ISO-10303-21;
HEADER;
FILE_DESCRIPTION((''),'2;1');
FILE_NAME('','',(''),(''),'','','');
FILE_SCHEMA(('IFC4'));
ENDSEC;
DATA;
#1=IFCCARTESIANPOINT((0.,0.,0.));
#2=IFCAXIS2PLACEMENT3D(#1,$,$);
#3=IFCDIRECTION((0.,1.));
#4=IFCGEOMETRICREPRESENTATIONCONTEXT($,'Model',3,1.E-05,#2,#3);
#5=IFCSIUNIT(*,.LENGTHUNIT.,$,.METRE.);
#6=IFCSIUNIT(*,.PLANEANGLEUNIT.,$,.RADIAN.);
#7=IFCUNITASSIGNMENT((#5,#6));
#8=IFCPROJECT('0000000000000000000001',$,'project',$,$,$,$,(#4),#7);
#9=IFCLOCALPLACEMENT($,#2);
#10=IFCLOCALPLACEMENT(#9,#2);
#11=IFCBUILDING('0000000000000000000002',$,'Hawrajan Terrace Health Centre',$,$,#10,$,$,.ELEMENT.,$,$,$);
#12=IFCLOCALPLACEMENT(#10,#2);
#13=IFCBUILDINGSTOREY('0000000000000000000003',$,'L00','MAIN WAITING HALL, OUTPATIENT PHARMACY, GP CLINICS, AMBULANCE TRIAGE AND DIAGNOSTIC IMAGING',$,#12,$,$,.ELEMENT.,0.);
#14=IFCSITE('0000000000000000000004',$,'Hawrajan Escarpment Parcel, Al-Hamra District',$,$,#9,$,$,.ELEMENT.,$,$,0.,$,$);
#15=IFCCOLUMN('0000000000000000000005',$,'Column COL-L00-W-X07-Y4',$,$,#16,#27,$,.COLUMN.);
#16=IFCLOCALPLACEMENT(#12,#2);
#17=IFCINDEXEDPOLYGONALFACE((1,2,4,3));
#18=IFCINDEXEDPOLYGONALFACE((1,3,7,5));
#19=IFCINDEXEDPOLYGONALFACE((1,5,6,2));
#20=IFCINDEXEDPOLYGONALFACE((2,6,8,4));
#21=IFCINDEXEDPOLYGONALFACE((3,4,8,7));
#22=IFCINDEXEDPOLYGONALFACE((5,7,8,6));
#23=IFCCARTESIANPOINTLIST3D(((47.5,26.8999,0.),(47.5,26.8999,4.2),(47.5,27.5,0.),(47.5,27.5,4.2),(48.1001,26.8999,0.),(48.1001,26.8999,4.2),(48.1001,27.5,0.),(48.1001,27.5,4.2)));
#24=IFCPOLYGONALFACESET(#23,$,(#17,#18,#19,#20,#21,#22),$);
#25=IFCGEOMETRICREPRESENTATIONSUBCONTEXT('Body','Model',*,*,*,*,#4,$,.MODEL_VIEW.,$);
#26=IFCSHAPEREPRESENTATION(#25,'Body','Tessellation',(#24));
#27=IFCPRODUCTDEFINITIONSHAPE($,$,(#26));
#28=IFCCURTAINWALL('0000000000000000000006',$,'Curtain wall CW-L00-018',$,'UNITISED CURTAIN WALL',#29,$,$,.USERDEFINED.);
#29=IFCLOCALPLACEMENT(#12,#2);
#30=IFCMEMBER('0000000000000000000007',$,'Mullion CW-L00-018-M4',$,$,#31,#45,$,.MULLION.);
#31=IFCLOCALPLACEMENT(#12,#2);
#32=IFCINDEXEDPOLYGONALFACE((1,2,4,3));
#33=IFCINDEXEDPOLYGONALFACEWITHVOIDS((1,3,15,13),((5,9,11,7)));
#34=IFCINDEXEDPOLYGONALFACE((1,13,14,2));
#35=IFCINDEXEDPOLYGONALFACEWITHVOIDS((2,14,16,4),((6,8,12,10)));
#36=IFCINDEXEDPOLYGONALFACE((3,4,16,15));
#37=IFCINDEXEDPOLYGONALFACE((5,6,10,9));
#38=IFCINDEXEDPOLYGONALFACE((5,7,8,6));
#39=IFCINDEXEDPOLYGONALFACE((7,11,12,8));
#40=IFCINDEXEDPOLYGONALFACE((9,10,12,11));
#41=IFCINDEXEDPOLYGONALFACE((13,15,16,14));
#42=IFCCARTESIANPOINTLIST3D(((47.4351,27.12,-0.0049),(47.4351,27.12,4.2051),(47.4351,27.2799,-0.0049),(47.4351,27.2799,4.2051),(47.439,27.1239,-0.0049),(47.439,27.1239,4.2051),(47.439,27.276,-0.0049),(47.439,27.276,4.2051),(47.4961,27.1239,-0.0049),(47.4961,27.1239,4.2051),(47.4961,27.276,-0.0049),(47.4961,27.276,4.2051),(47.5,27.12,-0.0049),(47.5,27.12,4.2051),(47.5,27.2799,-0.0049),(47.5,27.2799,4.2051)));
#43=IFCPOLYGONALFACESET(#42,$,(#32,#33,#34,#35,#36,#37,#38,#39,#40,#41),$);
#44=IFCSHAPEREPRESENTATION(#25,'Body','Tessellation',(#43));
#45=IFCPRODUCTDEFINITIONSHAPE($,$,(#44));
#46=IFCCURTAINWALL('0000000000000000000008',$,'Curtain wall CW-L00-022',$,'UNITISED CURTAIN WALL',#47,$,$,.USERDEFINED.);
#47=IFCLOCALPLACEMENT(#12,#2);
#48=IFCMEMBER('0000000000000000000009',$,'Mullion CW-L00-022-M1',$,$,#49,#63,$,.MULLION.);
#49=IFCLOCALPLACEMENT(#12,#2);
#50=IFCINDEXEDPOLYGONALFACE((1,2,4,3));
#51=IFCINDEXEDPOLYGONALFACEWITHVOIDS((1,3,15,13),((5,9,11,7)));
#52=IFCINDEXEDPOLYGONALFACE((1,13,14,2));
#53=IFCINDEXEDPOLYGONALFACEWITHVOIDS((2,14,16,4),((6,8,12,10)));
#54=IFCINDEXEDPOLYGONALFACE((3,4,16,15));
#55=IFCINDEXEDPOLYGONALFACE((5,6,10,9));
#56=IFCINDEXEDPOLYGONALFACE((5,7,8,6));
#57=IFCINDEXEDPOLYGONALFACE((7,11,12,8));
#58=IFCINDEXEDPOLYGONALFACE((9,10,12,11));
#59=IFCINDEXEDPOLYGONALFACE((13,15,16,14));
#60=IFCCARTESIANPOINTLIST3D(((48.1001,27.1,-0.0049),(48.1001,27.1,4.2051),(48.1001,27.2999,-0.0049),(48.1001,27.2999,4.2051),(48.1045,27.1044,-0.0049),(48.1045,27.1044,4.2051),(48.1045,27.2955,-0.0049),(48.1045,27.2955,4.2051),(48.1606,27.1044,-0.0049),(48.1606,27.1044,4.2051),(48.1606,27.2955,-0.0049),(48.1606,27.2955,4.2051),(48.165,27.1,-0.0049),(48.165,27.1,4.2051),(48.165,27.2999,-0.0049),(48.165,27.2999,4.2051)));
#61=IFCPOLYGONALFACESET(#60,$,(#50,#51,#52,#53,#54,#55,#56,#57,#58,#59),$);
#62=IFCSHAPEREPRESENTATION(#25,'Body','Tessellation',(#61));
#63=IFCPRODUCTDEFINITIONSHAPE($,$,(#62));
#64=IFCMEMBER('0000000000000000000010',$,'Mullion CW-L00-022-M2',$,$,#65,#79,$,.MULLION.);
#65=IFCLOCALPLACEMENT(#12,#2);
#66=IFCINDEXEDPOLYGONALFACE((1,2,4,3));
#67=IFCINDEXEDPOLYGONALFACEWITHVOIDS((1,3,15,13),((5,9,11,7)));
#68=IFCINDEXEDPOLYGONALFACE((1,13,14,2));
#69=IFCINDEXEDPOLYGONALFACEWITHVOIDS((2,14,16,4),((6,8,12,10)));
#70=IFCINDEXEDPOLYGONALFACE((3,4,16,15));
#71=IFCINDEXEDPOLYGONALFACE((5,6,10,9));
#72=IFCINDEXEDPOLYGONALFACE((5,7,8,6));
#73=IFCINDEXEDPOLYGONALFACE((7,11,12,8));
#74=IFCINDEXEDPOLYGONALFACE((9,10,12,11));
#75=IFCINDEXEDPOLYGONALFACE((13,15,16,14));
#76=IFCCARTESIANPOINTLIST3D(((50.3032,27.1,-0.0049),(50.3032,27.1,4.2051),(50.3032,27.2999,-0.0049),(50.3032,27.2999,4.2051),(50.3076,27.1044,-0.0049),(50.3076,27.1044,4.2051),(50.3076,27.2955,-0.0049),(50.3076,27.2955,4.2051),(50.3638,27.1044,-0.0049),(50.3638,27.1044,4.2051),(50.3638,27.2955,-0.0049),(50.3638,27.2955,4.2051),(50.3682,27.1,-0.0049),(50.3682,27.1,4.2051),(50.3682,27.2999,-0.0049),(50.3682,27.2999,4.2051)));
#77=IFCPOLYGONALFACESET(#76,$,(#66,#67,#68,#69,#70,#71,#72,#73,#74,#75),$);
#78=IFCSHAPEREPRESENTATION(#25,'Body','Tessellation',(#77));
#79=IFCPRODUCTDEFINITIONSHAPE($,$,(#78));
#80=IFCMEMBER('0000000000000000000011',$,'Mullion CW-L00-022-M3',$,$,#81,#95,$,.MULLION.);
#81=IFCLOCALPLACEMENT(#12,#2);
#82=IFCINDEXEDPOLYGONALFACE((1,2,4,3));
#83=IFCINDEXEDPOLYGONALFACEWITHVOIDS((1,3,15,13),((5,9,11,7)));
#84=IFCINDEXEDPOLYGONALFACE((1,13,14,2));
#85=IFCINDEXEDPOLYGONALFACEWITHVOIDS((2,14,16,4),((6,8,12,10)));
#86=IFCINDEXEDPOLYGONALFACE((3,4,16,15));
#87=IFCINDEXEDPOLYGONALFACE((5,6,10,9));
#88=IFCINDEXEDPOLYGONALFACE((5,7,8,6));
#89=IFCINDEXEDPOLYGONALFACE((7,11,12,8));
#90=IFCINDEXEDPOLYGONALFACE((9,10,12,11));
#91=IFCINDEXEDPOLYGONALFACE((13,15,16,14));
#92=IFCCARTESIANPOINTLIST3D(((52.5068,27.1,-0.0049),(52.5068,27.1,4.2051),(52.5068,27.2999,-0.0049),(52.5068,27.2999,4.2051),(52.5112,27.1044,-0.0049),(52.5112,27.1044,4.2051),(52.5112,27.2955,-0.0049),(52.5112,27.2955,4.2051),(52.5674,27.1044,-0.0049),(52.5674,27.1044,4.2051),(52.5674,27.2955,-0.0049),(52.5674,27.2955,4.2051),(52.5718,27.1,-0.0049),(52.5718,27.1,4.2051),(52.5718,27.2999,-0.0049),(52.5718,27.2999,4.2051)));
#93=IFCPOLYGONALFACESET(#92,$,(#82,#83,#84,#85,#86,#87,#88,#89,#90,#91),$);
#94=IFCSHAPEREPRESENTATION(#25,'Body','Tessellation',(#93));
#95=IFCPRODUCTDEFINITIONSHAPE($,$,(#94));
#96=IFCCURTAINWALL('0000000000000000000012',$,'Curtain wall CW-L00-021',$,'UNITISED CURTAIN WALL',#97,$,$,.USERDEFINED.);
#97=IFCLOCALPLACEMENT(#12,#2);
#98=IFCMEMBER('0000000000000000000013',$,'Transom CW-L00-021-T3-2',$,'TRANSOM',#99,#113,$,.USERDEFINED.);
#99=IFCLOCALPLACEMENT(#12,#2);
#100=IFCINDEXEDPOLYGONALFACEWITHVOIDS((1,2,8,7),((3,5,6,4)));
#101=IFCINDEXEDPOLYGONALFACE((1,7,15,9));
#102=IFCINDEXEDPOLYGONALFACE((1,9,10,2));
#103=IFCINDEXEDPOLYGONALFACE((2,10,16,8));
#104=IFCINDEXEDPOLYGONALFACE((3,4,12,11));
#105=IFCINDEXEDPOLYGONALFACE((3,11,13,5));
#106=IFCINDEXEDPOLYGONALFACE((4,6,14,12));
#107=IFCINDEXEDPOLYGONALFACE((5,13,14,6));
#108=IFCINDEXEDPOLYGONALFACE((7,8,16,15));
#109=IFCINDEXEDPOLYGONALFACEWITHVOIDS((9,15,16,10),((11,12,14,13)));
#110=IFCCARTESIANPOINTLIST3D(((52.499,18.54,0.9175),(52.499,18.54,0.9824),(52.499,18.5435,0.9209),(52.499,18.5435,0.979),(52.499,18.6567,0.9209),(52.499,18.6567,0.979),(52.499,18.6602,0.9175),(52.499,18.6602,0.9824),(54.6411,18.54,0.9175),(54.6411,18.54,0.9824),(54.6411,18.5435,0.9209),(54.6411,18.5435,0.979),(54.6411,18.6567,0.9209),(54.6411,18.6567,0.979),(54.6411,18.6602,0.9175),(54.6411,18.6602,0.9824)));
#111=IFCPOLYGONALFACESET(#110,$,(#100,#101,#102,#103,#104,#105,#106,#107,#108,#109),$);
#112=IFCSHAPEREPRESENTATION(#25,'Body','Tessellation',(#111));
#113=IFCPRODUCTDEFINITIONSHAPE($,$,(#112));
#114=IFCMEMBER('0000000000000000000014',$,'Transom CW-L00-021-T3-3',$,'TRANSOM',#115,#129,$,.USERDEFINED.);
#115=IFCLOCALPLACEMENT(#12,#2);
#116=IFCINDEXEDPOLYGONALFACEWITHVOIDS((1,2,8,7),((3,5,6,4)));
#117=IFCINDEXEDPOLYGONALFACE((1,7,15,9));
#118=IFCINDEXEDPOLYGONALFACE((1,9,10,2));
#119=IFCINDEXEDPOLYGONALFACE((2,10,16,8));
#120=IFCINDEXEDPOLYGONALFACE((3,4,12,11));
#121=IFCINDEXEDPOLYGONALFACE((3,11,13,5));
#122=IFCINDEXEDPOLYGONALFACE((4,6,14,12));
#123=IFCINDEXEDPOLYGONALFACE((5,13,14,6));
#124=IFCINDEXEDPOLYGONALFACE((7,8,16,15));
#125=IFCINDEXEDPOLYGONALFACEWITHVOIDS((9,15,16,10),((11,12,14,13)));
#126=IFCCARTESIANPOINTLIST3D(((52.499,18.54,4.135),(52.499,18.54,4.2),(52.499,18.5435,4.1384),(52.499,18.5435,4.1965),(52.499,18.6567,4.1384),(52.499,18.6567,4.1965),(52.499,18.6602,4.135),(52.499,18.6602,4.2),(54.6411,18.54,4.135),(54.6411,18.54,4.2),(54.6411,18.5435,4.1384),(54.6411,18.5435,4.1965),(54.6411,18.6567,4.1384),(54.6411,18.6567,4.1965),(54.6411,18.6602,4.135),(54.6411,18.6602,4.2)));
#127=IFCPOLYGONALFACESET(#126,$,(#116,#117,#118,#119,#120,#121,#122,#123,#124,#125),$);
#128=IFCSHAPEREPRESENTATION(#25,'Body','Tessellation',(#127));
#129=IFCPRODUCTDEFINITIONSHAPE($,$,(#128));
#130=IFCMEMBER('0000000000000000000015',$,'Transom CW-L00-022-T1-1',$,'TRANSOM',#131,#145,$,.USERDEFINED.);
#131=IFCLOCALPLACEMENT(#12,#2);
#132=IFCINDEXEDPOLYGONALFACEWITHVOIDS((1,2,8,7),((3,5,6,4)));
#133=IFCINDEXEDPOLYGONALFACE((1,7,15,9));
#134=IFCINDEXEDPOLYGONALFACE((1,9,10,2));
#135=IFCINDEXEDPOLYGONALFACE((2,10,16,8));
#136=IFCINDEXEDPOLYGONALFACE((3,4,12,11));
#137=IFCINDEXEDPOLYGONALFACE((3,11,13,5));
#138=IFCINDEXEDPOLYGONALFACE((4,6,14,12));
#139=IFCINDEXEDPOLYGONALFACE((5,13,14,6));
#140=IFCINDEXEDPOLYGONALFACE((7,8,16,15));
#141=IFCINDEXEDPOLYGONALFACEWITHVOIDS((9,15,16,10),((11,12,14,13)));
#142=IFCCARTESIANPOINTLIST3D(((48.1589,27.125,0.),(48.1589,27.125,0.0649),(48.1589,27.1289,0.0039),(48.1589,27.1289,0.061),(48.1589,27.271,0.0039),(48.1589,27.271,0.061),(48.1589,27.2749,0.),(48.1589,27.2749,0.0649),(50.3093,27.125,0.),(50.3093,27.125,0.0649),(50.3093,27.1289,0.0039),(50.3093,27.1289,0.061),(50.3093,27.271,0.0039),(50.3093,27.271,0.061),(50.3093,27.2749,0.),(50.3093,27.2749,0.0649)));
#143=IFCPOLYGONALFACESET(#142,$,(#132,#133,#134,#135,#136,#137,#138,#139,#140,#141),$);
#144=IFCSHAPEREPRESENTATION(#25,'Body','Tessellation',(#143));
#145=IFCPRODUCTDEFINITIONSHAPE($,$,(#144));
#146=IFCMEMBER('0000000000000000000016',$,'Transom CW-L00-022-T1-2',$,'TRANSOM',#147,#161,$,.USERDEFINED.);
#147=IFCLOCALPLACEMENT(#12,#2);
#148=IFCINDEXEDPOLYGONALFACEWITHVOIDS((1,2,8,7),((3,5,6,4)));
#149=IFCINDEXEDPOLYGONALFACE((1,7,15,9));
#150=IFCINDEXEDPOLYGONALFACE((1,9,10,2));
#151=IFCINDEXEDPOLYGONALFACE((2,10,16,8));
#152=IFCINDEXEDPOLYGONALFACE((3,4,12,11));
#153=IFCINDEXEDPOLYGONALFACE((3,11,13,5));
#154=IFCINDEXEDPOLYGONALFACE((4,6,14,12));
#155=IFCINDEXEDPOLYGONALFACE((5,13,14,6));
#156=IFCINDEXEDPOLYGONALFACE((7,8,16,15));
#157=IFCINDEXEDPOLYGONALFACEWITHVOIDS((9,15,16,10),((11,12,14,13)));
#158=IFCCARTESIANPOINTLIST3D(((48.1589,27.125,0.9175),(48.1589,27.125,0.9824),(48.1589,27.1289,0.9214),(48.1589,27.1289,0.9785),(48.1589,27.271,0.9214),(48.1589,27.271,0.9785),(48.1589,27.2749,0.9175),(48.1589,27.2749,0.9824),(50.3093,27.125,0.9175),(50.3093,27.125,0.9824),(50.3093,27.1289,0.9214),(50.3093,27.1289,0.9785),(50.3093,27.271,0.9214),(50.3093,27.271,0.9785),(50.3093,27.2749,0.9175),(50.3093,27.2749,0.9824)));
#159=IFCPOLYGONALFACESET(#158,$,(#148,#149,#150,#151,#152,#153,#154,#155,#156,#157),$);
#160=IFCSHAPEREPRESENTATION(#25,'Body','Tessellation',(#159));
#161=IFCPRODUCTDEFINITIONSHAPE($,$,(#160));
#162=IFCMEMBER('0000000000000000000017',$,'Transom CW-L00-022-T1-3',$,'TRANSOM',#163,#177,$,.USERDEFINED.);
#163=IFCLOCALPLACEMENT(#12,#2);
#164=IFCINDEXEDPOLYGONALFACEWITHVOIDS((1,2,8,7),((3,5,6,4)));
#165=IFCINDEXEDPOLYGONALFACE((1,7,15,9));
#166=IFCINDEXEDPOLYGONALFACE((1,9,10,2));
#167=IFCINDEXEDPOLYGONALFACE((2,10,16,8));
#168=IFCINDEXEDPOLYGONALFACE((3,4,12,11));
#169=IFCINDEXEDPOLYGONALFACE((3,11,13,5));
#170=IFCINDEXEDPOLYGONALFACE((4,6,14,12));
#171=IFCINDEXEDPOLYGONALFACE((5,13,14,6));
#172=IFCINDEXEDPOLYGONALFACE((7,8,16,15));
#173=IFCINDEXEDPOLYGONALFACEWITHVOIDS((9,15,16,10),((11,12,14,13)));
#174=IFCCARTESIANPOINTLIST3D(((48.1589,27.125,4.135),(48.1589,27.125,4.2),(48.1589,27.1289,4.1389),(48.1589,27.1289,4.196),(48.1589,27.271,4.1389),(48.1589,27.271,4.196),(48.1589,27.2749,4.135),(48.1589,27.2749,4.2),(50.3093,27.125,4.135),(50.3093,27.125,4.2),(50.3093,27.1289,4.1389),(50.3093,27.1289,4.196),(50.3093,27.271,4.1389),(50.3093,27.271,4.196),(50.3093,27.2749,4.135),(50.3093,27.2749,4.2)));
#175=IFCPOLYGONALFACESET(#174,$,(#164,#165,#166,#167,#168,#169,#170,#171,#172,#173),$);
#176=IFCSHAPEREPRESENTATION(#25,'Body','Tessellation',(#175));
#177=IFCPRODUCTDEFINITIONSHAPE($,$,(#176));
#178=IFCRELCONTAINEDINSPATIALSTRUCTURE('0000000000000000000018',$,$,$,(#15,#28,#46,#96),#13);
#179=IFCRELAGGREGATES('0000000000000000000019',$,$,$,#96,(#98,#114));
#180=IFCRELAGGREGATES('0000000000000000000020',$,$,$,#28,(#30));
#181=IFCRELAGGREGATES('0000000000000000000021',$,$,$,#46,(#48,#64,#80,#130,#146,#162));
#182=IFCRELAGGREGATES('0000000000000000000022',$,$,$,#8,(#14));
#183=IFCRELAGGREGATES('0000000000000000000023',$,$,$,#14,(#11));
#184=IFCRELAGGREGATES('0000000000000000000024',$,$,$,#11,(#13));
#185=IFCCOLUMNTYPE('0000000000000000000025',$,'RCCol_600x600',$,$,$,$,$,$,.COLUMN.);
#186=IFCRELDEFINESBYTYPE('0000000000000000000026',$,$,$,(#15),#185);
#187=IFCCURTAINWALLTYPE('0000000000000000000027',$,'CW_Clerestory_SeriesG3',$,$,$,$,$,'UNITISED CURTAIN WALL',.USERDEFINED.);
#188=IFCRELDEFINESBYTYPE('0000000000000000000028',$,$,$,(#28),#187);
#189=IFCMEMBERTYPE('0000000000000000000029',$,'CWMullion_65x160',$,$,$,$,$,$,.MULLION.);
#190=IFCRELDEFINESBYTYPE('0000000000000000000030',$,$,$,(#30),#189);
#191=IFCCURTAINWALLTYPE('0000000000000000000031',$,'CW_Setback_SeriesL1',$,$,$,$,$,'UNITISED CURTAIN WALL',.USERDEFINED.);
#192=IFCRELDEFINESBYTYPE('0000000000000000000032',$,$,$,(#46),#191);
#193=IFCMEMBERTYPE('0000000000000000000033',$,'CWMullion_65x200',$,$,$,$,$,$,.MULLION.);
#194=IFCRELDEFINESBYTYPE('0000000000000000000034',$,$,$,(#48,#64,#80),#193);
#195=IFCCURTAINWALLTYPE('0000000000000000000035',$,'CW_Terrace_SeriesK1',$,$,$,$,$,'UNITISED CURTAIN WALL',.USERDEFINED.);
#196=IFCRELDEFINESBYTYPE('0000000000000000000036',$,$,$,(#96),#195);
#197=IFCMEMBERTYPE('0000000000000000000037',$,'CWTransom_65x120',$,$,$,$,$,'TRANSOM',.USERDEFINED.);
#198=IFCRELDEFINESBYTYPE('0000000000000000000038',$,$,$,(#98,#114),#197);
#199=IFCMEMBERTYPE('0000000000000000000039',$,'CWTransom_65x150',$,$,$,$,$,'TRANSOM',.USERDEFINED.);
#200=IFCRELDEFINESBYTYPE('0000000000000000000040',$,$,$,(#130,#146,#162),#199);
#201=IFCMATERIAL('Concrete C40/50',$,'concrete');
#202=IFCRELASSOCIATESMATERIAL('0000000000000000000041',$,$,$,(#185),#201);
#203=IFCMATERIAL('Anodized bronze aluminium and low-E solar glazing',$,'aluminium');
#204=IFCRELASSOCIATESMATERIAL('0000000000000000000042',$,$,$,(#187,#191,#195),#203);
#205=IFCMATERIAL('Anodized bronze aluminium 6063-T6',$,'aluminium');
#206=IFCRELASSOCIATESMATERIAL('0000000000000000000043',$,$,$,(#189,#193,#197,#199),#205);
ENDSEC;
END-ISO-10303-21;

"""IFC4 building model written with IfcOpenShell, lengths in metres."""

from ifc_helpers import new_model, si_unit, direction, frame, origin, origin_2d, place, context, subcontext, project, spatial, rectangle, hollow_rectangle, extrude, material, material_profile, profile_set, type_object, element, aggregate, save


model = new_model("IFC4")

# Units and contexts
model_context = context("Model", 3, precision=1e-05, world=origin(), true_north=direction((0.0, 1.0)))
body_context = subcontext(model_context, "Body", "Model", "MODEL_VIEW")
ifc_project = project(units=[si_unit("LENGTHUNIT", "METRE"), si_unit("PLANEANGLEUNIT", "RADIAN")], contexts=[model_context])

# Site, building, storey
site_placement = place(None, origin())
site = spatial("IfcSite", under=ifc_project, at=site_placement, Name="Hawrajan Escarpment Parcel, Al-Hamra District", CompositionType="ELEMENT", RefElevation=0.0)
building_placement = place(site_placement, origin())
building = spatial("IfcBuilding", under=site, at=building_placement, Name="Hawrajan Terrace Health Centre", CompositionType="ELEMENT")
storey_placement = place(building_placement, origin())
storey = spatial("IfcBuildingStorey", under=building, at=storey_placement, Name="L00", Description="MAIN WAITING HALL, OUTPATIENT PHARMACY, GP CLINICS, AMBULANCE TRIAGE AND DIAGNOSTIC IMAGING", CompositionType="ELEMENT", Elevation=0.0)

# Column
ifc_material_1 = material(Name="Concrete C40/50", Category="concrete")
ifc_material_profile_1 = material_profile(ifc_material_1, rectangle(XDim=0.6001, YDim=0.6001, at=origin_2d()), Name="RC 600x600")
ifc_profile_set_1 = profile_set([ifc_material_profile_1], Name="Concrete C40/50")
column_type = type_object("IfcColumnType", Name="RCCol_600x600", PredefinedType="COLUMN", material=ifc_profile_set_1)
column_placement = place(storey_placement, frame((47.8, 27.2, 0.0), z_axis=(0.0, 0.0, 1.0), x_axis=(1.0, 0.0, 0.0)))
element("IfcColumn", 1, at=column_placement, inside=storey, type_object=column_type, Name="Column COL-L00-W-X07-Y4", PredefinedType="COLUMN", context=body_context, shape_type="SweptSolid", body=[
    extrude(rectangle(XDim=0.6001, YDim=0.6001, at=origin_2d()), origin(), (0.0, 0.0, 1.0), 4.2),
])

# Curtain wall, member
ifc_material_2 = material(Name="Anodized bronze aluminium and low-E solar glazing", Category="aluminium")
curtain_wall_type_1 = type_object("IfcCurtainWallType", Name="CW_Clerestory_SeriesG3", ElementType="UNITISED CURTAIN WALL", PredefinedType="USERDEFINED", material=ifc_material_2)
curtain_wall_1_placement = place(storey_placement, origin())
curtain_wall_1 = element("IfcCurtainWall", 2, at=curtain_wall_1_placement, inside=storey, type_object=curtain_wall_type_1, Name="Curtain wall CW-L00-018", ObjectType="UNITISED CURTAIN WALL", PredefinedType="USERDEFINED")
ifc_material_3 = material(Name="Anodized bronze aluminium 6063-T6", Category="aluminium")
ifc_material_profile_2 = material_profile(ifc_material_3, hollow_rectangle(XDim=0.0649, YDim=0.1599, WallThickness=0.0039, at=origin_2d()), Name="CW MUL 65x160")
ifc_profile_set_2 = profile_set([ifc_material_profile_2], Name="Anodized bronze aluminium 6063-T6")
member_type_1 = type_object("IfcMemberType", Name="CWMullion_65x160", PredefinedType="MULLION", material=ifc_profile_set_2)
member_1_placement = place(storey_placement, frame((47.4675, 27.2, -0.0049), z_axis=(0.0, 0.0, 1.0), x_axis=(1.0, 0.0, 0.0)))
member_1 = element("IfcMember", 3, at=member_1_placement, type_object=member_type_1, Name="Mullion CW-L00-018-M4", PredefinedType="MULLION", context=body_context, shape_type="SweptSolid", body=[
    extrude(hollow_rectangle(XDim=0.0649, YDim=0.1599, WallThickness=0.0039, at=origin_2d()), origin(), (0.0, 0.0, 1.0), 4.21),
])

# Curtain walls, members
curtain_wall_type_2 = type_object("IfcCurtainWallType", Name="CW_Setback_SeriesL1", ElementType="UNITISED CURTAIN WALL", PredefinedType="USERDEFINED", material=ifc_material_2)
curtain_wall_2_placement = place(storey_placement, origin())
curtain_wall_2 = element("IfcCurtainWall", 4, at=curtain_wall_2_placement, inside=storey, type_object=curtain_wall_type_2, Name="Curtain wall CW-L00-022", ObjectType="UNITISED CURTAIN WALL", PredefinedType="USERDEFINED")
ifc_material_profile_3 = material_profile(ifc_material_3, hollow_rectangle(XDim=0.0649, YDim=0.2, WallThickness=0.0044, at=origin_2d()), Name="CW MUL 65x200")
ifc_profile_set_3 = profile_set([ifc_material_profile_3], Name="Anodized bronze aluminium 6063-T6")
member_type_2 = type_object("IfcMemberType", Name="CWMullion_65x200", PredefinedType="MULLION", material=ifc_profile_set_3)
member_2_placement = place(storey_placement, frame((48.1326, 27.2, -0.0049), z_axis=(0.0, 0.0, 1.0), x_axis=(1.0, 0.0, 0.0)))
member_2 = element("IfcMember", 5, at=member_2_placement, type_object=member_type_2, Name="Mullion CW-L00-022-M1", PredefinedType="MULLION", context=body_context, shape_type="SweptSolid", body=[
    extrude(hollow_rectangle(XDim=0.0649, YDim=0.2, WallThickness=0.0044, at=origin_2d()), origin(), (0.0, 0.0, 1.0), 4.21),
])
member_3_placement = place(storey_placement, frame((50.3357, 27.2, -0.0049), z_axis=(0.0, 0.0, 1.0), x_axis=(1.0, 0.0, 0.0)))
member_3 = element("IfcMember", 6, at=member_3_placement, type_object=member_type_2, Name="Mullion CW-L00-022-M2", PredefinedType="MULLION", context=body_context, shape_type="SweptSolid", body=[
    extrude(hollow_rectangle(XDim=0.0649, YDim=0.2, WallThickness=0.0044, at=origin_2d()), origin(), (0.0, 0.0, 1.0), 4.21),
])
member_4_placement = place(storey_placement, frame((52.5393, 27.2, -0.0049), z_axis=(0.0, 0.0, 1.0), x_axis=(1.0, 0.0, 0.0)))
member_4 = element("IfcMember", 7, at=member_4_placement, type_object=member_type_2, Name="Mullion CW-L00-022-M3", PredefinedType="MULLION", context=body_context, shape_type="SweptSolid", body=[
    extrude(hollow_rectangle(XDim=0.0649, YDim=0.2, WallThickness=0.0044, at=origin_2d()), origin(), (0.0, 0.0, 1.0), 4.21),
])
curtain_wall_type_3 = type_object("IfcCurtainWallType", Name="CW_Terrace_SeriesK1", ElementType="UNITISED CURTAIN WALL", PredefinedType="USERDEFINED", material=ifc_material_2)
curtain_wall_3_placement = place(storey_placement, origin())
curtain_wall_3 = element("IfcCurtainWall", 8, at=curtain_wall_3_placement, inside=storey, type_object=curtain_wall_type_3, Name="Curtain wall CW-L00-021", ObjectType="UNITISED CURTAIN WALL", PredefinedType="USERDEFINED")
ifc_material_profile_4 = material_profile(ifc_material_3, hollow_rectangle(XDim=0.0649, YDim=0.1201, WallThickness=0.0034, at=origin_2d()), Name="CW TRN 65x120")
ifc_profile_set_4 = profile_set([ifc_material_profile_4], Name="Anodized bronze aluminium 6063-T6")
member_type_3 = type_object("IfcMemberType", Name="CWTransom_65x120", ElementType="TRANSOM", PredefinedType="USERDEFINED", material=ifc_profile_set_4)
member_5_placement = place(storey_placement, frame((52.499, 18.6001, 0.95), z_axis=(1.0, 0.0, 0.0), x_axis=(0.0, 0.0, 1.0)))
member_5 = element("IfcMember", 9, at=member_5_placement, type_object=member_type_3, Name="Transom CW-L00-021-T3-2", ObjectType="TRANSOM", PredefinedType="USERDEFINED", context=body_context, shape_type="SweptSolid", body=[
    extrude(hollow_rectangle(XDim=0.0649, YDim=0.1201, WallThickness=0.0034, at=origin_2d()), origin(), (0.0, 0.0, 1.0), 2.1421),
])
member_6_placement = place(storey_placement, frame((52.499, 18.6001, 4.1675), z_axis=(1.0, 0.0, 0.0), x_axis=(0.0, 0.0, 1.0)))
member_6 = element("IfcMember", 10, at=member_6_placement, type_object=member_type_3, Name="Transom CW-L00-021-T3-3", ObjectType="TRANSOM", PredefinedType="USERDEFINED", context=body_context, shape_type="SweptSolid", body=[
    extrude(hollow_rectangle(XDim=0.0649, YDim=0.1201, WallThickness=0.0034, at=origin_2d()), origin(), (0.0, 0.0, 1.0), 2.1421),
])

# Members
ifc_material_profile_5 = material_profile(ifc_material_3, hollow_rectangle(XDim=0.0649, YDim=0.1499, WallThickness=0.0039, at=origin_2d()), Name="CW TRN 65x150")
ifc_profile_set_5 = profile_set([ifc_material_profile_5], Name="Anodized bronze aluminium 6063-T6")
member_type_4 = type_object("IfcMemberType", Name="CWTransom_65x150", ElementType="TRANSOM", PredefinedType="USERDEFINED", material=ifc_profile_set_5)
member_7_placement = place(storey_placement, frame((48.1589, 27.2, 0.0325), z_axis=(1.0, 0.0, 0.0), x_axis=(0.0, 0.0, 1.0)))
member_7 = element("IfcMember", 11, at=member_7_placement, type_object=member_type_4, Name="Transom CW-L00-022-T1-1", ObjectType="TRANSOM", PredefinedType="USERDEFINED", context=body_context, shape_type="SweptSolid", body=[
    extrude(hollow_rectangle(XDim=0.0649, YDim=0.1499, WallThickness=0.0039, at=origin_2d()), origin(), (0.0, 0.0, 1.0), 2.1504),
])
member_8_placement = place(storey_placement, frame((48.1589, 27.2, 0.95), z_axis=(1.0, 0.0, 0.0), x_axis=(0.0, 0.0, 1.0)))
member_8 = element("IfcMember", 12, at=member_8_placement, type_object=member_type_4, Name="Transom CW-L00-022-T1-2", ObjectType="TRANSOM", PredefinedType="USERDEFINED", context=body_context, shape_type="SweptSolid", body=[
    extrude(hollow_rectangle(XDim=0.0649, YDim=0.1499, WallThickness=0.0039, at=origin_2d()), origin(), (0.0, 0.0, 1.0), 2.1504),
])
member_9_placement = place(storey_placement, frame((48.1589, 27.2, 4.1675), z_axis=(1.0, 0.0, 0.0), x_axis=(0.0, 0.0, 1.0)))
member_9 = element("IfcMember", 13, at=member_9_placement, type_object=member_type_4, Name="Transom CW-L00-022-T1-3", ObjectType="TRANSOM", PredefinedType="USERDEFINED", context=body_context, shape_type="SweptSolid", body=[
    extrude(hollow_rectangle(XDim=0.0649, YDim=0.1499, WallThickness=0.0039, at=origin_2d()), origin(), (0.0, 0.0, 1.0), 2.1504),
])

aggregate(curtain_wall_3, [member_5, member_6])
aggregate(curtain_wall_1, [member_1])
aggregate(curtain_wall_2, [member_2, member_3, member_4, member_7, member_8, member_9])

save(model, "model.ifc")
